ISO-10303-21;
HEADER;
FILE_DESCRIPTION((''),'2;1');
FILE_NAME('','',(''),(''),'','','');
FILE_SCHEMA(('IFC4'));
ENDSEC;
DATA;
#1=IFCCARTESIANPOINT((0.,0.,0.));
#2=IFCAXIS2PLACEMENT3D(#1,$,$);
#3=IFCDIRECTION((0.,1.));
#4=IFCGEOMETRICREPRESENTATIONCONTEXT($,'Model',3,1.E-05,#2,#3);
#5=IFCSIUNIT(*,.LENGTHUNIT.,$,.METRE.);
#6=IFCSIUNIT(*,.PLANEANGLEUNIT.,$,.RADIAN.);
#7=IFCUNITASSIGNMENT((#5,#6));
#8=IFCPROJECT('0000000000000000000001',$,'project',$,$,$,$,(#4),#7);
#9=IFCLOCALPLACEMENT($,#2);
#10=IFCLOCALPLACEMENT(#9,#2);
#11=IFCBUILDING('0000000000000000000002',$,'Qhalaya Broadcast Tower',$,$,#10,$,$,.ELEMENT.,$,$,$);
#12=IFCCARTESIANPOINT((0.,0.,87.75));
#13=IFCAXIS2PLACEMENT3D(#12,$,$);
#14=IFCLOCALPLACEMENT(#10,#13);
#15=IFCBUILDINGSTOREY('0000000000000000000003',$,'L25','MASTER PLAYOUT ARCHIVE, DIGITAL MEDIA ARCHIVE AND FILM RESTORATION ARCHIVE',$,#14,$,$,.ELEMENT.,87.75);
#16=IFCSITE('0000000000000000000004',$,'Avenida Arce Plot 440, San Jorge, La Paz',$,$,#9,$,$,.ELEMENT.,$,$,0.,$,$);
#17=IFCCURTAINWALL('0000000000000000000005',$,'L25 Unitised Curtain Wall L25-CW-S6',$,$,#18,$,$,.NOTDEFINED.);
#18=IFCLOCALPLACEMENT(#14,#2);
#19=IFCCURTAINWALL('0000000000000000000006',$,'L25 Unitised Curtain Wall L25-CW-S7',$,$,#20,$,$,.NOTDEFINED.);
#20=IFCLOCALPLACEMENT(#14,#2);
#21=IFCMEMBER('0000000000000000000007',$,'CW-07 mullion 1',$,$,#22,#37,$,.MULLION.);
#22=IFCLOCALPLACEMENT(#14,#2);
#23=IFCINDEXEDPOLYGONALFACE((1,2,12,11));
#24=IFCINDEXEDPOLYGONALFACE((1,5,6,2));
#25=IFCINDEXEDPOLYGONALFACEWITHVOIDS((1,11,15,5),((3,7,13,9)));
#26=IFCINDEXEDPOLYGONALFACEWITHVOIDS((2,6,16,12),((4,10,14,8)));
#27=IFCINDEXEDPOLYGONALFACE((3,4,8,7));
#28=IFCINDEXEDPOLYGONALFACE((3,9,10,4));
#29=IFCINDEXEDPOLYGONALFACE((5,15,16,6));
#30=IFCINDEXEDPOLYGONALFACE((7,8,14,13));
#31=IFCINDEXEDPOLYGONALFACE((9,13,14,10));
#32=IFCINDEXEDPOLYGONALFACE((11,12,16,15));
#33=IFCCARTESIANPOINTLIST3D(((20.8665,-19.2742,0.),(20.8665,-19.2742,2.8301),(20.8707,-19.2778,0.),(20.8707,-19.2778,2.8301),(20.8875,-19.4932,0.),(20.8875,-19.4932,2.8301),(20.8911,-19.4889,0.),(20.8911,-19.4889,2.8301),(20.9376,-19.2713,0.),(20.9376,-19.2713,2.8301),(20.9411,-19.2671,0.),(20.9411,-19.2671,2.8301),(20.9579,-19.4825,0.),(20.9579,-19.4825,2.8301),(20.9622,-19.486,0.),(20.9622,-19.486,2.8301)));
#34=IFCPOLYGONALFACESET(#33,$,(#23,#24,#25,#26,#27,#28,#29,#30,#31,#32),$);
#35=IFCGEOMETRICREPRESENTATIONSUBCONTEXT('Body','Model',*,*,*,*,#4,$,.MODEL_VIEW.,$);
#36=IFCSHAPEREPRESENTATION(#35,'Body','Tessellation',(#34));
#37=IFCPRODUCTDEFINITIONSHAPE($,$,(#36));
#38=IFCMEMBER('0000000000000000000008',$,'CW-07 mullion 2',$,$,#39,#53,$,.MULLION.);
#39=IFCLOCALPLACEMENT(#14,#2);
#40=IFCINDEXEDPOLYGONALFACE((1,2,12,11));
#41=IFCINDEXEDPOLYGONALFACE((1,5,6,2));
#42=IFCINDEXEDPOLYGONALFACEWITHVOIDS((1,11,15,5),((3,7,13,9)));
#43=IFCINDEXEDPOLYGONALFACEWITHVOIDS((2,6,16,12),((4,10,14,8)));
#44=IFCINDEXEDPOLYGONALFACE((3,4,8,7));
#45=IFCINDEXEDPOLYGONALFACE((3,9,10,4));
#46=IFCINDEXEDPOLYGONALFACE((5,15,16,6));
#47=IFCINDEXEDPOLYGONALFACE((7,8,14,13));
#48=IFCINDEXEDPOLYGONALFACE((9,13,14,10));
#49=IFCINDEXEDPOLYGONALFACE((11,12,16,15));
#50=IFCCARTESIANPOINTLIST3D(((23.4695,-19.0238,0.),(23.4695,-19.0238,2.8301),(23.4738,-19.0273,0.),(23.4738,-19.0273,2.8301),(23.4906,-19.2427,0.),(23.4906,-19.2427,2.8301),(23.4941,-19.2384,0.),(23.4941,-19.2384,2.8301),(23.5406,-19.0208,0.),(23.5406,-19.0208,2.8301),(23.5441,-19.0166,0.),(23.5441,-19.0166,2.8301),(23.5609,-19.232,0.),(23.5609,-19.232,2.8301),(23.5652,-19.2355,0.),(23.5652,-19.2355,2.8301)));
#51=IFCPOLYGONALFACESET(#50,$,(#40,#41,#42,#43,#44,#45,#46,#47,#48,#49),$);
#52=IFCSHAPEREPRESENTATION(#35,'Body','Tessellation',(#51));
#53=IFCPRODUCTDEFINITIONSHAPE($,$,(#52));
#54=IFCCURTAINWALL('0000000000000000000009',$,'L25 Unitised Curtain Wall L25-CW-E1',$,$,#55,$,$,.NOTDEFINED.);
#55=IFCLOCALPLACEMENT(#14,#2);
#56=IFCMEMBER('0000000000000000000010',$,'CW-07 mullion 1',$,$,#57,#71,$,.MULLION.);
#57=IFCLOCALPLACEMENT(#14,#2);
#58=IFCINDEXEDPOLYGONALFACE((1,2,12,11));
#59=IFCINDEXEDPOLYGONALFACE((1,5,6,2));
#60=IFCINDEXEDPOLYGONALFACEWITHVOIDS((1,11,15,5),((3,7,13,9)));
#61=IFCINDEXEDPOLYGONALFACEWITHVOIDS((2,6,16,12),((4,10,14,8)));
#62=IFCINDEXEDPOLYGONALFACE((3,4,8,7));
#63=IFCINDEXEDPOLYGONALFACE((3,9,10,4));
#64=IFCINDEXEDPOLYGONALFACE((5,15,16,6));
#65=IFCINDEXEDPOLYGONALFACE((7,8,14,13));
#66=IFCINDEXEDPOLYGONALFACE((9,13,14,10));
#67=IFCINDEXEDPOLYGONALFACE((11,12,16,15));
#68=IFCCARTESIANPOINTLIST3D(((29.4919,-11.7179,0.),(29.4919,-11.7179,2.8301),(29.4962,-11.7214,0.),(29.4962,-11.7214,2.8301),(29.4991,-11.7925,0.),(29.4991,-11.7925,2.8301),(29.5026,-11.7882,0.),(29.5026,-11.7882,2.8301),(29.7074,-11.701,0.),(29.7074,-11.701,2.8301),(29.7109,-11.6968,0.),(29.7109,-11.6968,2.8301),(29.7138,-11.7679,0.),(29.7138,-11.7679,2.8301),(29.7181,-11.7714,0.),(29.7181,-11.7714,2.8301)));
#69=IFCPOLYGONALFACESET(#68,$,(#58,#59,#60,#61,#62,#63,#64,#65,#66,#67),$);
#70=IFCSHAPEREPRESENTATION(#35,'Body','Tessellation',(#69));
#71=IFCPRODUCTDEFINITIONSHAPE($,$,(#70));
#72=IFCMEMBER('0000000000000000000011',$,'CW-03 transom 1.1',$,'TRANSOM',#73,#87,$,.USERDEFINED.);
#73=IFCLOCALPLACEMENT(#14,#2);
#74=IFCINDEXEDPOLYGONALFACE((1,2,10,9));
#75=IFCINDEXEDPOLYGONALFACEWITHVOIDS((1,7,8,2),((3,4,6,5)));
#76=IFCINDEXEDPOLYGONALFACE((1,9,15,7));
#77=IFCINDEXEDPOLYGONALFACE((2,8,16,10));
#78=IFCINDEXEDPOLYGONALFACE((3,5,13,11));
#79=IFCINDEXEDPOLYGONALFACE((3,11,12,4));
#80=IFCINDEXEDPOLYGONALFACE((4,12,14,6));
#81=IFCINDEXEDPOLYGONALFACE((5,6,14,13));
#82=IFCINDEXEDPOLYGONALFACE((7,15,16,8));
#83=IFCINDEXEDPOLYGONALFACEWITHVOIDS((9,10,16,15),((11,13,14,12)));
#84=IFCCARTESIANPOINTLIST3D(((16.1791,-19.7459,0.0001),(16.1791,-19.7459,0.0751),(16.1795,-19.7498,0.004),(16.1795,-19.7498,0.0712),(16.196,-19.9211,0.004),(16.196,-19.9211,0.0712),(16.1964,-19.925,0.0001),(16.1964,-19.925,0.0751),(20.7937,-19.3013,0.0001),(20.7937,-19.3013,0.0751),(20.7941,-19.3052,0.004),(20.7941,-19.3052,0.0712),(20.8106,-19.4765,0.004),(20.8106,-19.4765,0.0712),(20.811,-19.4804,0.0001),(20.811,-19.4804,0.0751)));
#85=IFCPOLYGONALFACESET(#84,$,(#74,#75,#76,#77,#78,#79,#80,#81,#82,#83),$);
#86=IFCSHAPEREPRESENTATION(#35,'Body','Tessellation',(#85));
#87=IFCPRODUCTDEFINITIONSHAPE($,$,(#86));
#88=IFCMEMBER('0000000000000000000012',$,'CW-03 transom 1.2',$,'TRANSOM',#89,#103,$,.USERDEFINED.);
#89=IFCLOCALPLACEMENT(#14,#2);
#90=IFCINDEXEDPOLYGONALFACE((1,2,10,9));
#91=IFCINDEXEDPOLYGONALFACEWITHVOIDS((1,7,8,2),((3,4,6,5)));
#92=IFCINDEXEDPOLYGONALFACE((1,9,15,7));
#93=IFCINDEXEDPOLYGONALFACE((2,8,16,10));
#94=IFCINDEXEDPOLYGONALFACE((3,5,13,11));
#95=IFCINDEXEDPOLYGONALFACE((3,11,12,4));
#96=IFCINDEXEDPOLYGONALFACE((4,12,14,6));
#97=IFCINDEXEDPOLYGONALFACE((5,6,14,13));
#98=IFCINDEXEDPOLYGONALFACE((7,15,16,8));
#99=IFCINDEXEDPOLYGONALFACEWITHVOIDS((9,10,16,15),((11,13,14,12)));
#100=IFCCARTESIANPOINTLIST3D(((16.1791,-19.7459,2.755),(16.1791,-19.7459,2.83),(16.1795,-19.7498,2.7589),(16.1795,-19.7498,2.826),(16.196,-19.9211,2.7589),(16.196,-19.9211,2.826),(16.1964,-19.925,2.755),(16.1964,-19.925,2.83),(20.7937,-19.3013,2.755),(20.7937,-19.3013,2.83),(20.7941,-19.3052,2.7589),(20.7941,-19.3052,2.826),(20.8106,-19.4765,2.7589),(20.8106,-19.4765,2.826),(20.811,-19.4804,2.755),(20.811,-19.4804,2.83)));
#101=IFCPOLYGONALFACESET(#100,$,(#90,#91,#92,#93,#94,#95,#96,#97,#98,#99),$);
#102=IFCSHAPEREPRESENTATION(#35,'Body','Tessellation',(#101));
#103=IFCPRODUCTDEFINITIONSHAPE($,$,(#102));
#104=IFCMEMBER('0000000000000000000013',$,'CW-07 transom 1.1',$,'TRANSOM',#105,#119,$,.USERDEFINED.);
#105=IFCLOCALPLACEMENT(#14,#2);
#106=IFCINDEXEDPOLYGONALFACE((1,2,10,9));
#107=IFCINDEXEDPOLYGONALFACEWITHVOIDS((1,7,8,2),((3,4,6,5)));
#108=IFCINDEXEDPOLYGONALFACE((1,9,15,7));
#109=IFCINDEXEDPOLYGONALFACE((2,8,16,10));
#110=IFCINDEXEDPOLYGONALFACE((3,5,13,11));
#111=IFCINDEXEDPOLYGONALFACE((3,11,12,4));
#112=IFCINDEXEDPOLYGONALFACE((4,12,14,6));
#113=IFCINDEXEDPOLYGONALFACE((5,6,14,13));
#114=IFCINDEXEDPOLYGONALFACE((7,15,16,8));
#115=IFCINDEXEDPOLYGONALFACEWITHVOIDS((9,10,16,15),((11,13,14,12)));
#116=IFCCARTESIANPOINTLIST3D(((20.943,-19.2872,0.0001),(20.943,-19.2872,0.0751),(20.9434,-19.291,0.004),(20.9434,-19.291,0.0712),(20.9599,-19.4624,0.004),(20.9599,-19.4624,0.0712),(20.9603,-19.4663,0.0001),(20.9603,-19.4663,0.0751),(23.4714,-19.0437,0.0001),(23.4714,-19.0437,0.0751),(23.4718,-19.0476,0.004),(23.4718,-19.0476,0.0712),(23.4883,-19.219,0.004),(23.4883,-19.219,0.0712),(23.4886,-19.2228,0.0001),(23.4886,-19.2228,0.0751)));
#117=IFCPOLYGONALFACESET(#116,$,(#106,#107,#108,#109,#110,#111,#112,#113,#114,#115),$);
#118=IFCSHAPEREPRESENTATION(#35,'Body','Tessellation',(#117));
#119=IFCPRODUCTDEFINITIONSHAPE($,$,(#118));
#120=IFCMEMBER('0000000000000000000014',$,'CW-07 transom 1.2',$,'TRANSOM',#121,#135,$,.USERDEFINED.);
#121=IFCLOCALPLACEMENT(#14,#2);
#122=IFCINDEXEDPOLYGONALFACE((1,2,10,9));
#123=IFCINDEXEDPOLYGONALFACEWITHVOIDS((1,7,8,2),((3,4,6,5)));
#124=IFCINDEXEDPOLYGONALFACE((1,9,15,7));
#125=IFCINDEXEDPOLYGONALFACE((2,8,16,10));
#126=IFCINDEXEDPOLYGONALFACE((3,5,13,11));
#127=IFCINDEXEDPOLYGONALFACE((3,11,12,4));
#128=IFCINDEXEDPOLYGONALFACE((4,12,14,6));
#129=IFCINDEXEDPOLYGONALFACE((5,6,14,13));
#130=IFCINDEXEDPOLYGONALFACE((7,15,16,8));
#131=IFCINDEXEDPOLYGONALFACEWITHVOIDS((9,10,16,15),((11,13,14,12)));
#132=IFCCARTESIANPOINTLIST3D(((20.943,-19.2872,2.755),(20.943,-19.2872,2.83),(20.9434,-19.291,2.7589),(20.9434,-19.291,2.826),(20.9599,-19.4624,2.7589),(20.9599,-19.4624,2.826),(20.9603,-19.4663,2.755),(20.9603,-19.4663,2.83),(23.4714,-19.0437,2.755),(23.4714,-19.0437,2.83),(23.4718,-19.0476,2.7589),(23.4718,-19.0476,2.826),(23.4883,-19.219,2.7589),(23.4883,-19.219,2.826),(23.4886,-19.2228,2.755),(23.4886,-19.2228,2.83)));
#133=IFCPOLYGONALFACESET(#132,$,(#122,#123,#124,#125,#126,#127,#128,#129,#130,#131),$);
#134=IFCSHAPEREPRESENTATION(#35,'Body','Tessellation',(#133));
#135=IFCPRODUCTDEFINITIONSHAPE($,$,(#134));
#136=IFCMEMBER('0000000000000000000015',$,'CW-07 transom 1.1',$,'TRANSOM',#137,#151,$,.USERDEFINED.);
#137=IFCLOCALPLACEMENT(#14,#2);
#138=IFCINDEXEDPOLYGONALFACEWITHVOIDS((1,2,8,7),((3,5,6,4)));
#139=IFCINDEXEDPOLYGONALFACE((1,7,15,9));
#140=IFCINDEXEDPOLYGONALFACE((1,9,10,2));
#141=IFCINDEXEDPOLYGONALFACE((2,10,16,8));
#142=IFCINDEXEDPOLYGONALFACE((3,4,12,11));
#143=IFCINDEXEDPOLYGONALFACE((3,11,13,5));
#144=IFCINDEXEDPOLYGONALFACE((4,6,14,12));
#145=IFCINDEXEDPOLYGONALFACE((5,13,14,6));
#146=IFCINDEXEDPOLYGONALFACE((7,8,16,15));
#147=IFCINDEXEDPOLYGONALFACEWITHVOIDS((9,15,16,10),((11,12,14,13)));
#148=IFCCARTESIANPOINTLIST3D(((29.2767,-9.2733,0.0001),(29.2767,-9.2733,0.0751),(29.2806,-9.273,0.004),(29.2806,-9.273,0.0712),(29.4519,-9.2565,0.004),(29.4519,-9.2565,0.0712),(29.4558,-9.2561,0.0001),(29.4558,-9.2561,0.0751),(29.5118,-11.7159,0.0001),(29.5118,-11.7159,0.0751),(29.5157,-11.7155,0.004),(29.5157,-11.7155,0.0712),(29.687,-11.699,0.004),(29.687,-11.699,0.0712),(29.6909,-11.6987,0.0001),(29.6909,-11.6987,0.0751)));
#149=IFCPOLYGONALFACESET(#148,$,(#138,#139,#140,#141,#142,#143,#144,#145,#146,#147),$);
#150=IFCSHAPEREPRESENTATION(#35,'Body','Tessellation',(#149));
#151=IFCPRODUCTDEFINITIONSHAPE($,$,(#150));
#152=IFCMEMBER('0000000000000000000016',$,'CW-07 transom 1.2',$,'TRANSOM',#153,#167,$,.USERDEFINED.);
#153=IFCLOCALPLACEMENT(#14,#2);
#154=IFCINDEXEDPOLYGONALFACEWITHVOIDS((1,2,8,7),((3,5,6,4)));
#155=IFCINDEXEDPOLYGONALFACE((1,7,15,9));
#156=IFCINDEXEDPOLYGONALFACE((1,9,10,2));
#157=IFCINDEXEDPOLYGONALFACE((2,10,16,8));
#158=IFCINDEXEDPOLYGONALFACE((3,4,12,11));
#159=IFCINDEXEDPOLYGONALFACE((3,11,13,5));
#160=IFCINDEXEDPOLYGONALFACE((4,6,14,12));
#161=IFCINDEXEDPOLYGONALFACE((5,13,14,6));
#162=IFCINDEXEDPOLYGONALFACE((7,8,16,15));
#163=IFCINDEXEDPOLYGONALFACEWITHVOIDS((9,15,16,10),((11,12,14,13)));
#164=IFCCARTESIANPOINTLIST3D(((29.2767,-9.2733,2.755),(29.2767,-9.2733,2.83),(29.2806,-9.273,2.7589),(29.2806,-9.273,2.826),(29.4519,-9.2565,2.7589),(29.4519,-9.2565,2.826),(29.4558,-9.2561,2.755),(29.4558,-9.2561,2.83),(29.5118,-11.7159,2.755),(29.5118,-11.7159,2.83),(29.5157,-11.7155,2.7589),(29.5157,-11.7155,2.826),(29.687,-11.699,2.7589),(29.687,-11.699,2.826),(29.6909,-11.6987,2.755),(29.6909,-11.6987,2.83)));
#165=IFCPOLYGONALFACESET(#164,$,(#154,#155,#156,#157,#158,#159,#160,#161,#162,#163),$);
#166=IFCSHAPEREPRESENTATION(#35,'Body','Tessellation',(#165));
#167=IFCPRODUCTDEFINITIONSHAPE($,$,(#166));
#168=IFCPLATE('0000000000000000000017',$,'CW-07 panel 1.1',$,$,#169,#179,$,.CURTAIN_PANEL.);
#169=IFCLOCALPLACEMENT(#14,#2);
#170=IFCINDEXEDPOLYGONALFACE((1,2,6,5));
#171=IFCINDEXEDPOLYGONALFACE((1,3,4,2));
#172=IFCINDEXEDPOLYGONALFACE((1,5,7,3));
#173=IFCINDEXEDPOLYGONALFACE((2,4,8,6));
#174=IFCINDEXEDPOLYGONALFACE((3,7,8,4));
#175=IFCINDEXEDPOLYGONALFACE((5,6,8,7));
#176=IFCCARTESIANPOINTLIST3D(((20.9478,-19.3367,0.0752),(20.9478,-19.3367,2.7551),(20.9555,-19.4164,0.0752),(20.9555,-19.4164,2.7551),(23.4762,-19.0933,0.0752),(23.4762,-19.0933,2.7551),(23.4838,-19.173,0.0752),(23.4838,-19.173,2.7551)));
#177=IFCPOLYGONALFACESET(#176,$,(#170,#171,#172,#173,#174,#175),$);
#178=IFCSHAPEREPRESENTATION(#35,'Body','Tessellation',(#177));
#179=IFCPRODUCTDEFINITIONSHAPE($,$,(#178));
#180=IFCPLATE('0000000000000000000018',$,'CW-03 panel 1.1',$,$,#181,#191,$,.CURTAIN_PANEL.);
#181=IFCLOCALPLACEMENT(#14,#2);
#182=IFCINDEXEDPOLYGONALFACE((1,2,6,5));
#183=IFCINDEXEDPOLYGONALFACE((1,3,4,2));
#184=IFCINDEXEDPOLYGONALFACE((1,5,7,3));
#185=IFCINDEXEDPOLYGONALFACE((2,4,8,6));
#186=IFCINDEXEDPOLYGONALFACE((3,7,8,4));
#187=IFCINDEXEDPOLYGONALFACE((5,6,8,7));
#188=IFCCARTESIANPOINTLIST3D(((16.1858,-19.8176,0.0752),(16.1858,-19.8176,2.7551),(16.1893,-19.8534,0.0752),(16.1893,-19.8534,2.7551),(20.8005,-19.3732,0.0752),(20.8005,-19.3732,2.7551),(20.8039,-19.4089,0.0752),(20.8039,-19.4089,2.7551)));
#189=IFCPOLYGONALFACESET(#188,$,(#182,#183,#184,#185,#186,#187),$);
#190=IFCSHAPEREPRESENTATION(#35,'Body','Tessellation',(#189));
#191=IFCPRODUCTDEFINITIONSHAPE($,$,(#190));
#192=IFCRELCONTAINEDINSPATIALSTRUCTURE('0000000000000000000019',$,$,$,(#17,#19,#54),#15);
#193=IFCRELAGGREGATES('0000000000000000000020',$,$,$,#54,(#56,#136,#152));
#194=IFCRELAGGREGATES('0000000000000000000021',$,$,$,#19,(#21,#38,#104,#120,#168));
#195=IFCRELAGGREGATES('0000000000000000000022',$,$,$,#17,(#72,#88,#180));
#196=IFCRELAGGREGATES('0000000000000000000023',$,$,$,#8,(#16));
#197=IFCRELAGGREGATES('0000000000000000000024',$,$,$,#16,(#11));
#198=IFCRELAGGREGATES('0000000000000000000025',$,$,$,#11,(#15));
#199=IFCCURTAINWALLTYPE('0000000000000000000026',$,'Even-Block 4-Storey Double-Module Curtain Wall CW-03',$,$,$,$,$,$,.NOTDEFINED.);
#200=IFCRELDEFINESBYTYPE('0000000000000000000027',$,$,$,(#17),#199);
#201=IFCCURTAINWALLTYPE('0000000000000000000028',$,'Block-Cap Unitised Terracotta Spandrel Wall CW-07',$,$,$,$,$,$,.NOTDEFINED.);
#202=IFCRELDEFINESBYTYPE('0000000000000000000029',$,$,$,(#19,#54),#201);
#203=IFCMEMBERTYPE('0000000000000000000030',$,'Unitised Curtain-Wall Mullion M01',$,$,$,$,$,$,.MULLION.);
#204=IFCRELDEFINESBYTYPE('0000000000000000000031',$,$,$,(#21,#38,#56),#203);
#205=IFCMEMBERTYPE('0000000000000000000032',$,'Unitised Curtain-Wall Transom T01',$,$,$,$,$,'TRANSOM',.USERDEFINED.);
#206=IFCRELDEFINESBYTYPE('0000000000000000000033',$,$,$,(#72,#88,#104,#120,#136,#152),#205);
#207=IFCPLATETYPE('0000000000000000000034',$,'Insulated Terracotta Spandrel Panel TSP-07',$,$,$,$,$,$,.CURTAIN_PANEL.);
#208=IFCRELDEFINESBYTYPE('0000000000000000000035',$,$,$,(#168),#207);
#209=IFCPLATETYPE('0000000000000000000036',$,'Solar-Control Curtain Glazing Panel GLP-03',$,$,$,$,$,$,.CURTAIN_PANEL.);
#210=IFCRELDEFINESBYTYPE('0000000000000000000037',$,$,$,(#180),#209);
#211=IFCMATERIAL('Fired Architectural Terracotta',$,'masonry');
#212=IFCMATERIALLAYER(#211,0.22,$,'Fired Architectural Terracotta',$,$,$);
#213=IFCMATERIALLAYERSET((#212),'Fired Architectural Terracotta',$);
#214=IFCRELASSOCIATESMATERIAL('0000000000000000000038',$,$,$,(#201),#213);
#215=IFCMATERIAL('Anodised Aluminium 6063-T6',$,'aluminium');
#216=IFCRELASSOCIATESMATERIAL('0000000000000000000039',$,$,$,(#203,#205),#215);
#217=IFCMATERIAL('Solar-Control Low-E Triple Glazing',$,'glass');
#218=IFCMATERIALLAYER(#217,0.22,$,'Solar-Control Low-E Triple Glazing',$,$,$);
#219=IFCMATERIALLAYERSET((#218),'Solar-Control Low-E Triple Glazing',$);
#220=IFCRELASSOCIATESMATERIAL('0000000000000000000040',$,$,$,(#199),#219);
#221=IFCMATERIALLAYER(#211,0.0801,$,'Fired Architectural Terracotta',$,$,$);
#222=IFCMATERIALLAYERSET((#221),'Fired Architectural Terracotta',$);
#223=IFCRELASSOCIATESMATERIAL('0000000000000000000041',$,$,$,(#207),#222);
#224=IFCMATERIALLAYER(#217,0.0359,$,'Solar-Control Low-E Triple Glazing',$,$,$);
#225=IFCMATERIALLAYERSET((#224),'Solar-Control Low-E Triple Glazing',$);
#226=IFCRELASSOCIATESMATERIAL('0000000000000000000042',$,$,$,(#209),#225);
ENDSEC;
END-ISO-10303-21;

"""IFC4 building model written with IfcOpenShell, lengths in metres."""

from ifc_helpers import new_model, si_unit, direction, frame, origin, origin_2d, place, context, subcontext, project, spatial, rectangle, hollow_rectangle, extrude, material, layer, layer_set, material_profile, profile_set, type_object, element, aggregate, save


model = new_model("IFC4")

# Units and contexts
model_context = context("Model", 3, precision=1e-05, world=origin(), true_north=direction((0.0, 1.0)))
body_context = subcontext(model_context, "Body", "Model", "MODEL_VIEW")
ifc_project = project(units=[si_unit("LENGTHUNIT", "METRE"), si_unit("PLANEANGLEUNIT", "RADIAN")], contexts=[model_context])

# Site, building, storey
site_placement = place(None, origin())
site = spatial("IfcSite", under=ifc_project, at=site_placement, Name="Avenida Arce Plot 440, San Jorge, La Paz", CompositionType="ELEMENT", RefElevation=0.0)
building_placement = place(site_placement, origin())
building = spatial("IfcBuilding", under=site, at=building_placement, Name="Qhalaya Broadcast Tower", CompositionType="ELEMENT")
storey_placement = place(building_placement, frame((0.0, 0.0, 87.75)))
storey = spatial("IfcBuildingStorey", under=building, at=storey_placement, Name="L25", Description="MASTER PLAYOUT ARCHIVE, DIGITAL MEDIA ARCHIVE AND FILM RESTORATION ARCHIVE", CompositionType="ELEMENT", Elevation=87.75)

# Shared definitions
ifc_material_1 = material(Name="Fired Architectural Terracotta", Category="masonry")

# Shared definitions
ifc_layer_1 = layer(ifc_material_1, 0.22, Name="Fired Architectural Terracotta")
ifc_layer_set_1 = layer_set([ifc_layer_1], Name="Fired Architectural Terracotta")
curtain_wall_type_1 = type_object("IfcCurtainWallType", Name="Block-Cap Unitised Terracotta Spandrel Wall CW-07", PredefinedType="NOTDEFINED", material=ifc_layer_set_1)
ifc_material_2 = material(Name="Anodised Aluminium 6063-T6", Category="aluminium")
ifc_material_profile_1 = material_profile(ifc_material_2, hollow_rectangle(XDim=0.075, YDim=0.22, WallThickness=0.0039, at=origin_2d()), Name="ALU-MUL 75x220x4")
ifc_profile_set_1 = profile_set([ifc_material_profile_1], Name="Anodised Aluminium 6063-T6")
member_type_1 = type_object("IfcMemberType", Name="Unitised Curtain-Wall Mullion M01", PredefinedType="MULLION", material=ifc_profile_set_1)

# Curtain walls, members
ifc_material_3 = material(Name="Solar-Control Low-E Triple Glazing", Category="glass")
ifc_layer_2 = layer(ifc_material_3, 0.22, Name="Solar-Control Low-E Triple Glazing")
ifc_layer_set_2 = layer_set([ifc_layer_2], Name="Solar-Control Low-E Triple Glazing")
curtain_wall_type_2 = type_object("IfcCurtainWallType", Name="Even-Block 4-Storey Double-Module Curtain Wall CW-03", PredefinedType="NOTDEFINED", material=ifc_layer_set_2)
curtain_wall_1_placement = place(storey_placement, origin())
curtain_wall_1 = element("IfcCurtainWall", 1, at=curtain_wall_1_placement, inside=storey, type_object=curtain_wall_type_2, Name="L25 Unitised Curtain Wall L25-CW-S6", PredefinedType="NOTDEFINED")
curtain_wall_2_placement = place(storey_placement, origin())
curtain_wall_2 = element("IfcCurtainWall", 2, at=curtain_wall_2_placement, inside=storey, type_object=curtain_wall_type_1, Name="L25 Unitised Curtain Wall L25-CW-S7", PredefinedType="NOTDEFINED")
member_1_placement = place(storey_placement, frame((20.9143, -19.3801, 0.0), z_axis=(0.0, 0.0, 1.0), x_axis=(0.995397, 0.095834, 0.0)))
member_1 = element("IfcMember", 3, at=member_1_placement, type_object=member_type_1, Name="CW-07 mullion 1", PredefinedType="MULLION", context=body_context, shape_type="SweptSolid", body=[
    extrude(hollow_rectangle(XDim=0.075, YDim=0.22, WallThickness=0.0039, at=origin_2d()), origin(), (0.0, 0.0, 1.0), 2.8301),
])
member_2_placement = place(storey_placement, frame((23.5173, -19.1296, 0.0), z_axis=(0.0, 0.0, 1.0), x_axis=(0.995397, 0.095834, 0.0)))
member_2 = element("IfcMember", 4, at=member_2_placement, type_object=member_type_1, Name="CW-07 mullion 2", PredefinedType="MULLION", context=body_context, shape_type="SweptSolid", body=[
    extrude(hollow_rectangle(XDim=0.075, YDim=0.22, WallThickness=0.0039, at=origin_2d()), origin(), (0.0, 0.0, 1.0), 2.8301),
])

# Curtain wall, member
curtain_wall_3_placement = place(storey_placement, origin())
curtain_wall_3 = element("IfcCurtainWall", 5, at=curtain_wall_3_placement, inside=storey, type_object=curtain_wall_type_1, Name="L25 Unitised Curtain Wall L25-CW-E1", PredefinedType="NOTDEFINED")
member_3_placement = place(storey_placement, frame((29.605, -11.7446, 0.0), z_axis=(0.0, 0.0, 1.0), x_axis=(-0.095853, 0.995396, 0.0)))
member_3 = element("IfcMember", 6, at=member_3_placement, type_object=member_type_1, Name="CW-07 mullion 1", PredefinedType="MULLION", context=body_context, shape_type="SweptSolid", body=[
    extrude(hollow_rectangle(XDim=0.075, YDim=0.22, WallThickness=0.0039, at=origin_2d()), origin(), (0.0, 0.0, 1.0), 2.8301),
])

# Members
ifc_material_profile_2 = material_profile(ifc_material_2, hollow_rectangle(XDim=0.075, YDim=0.1799, WallThickness=0.0039, at=origin_2d()), Name="ALU-TRN 75x180x4")
ifc_profile_set_2 = profile_set([ifc_material_profile_2], Name="Anodised Aluminium 6063-T6")
member_type_2 = type_object("IfcMemberType", Name="Unitised Curtain-Wall Transom T01", ElementType="TRANSOM", PredefinedType="USERDEFINED", material=ifc_profile_set_2)
member_4_placement = place(storey_placement, frame((16.1877, -19.8354, 0.0376), z_axis=(0.995391, 0.0959, 0.0), x_axis=(0.0, 0.0, 1.0)))
member_4 = element("IfcMember", 7, at=member_4_placement, type_object=member_type_2, Name="CW-03 transom 1.1", ObjectType="TRANSOM", PredefinedType="USERDEFINED", context=body_context, shape_type="SweptSolid", body=[
    extrude(hollow_rectangle(XDim=0.075, YDim=0.1799, WallThickness=0.0039, at=origin_2d()), origin(), (0.0, 0.0, 1.0), 4.636),
])
member_5_placement = place(storey_placement, frame((16.1877, -19.8354, 2.7925), z_axis=(0.995391, 0.0959, 0.0), x_axis=(0.0, 0.0, 1.0)))
member_5 = element("IfcMember", 8, at=member_5_placement, type_object=member_type_2, Name="CW-03 transom 1.2", ObjectType="TRANSOM", PredefinedType="USERDEFINED", context=body_context, shape_type="SweptSolid", body=[
    extrude(hollow_rectangle(XDim=0.075, YDim=0.1799, WallThickness=0.0039, at=origin_2d()), origin(), (0.0, 0.0, 1.0), 4.636),
])
member_6_placement = place(storey_placement, frame((20.9517, -19.3767, 0.0376), z_axis=(0.995398, 0.09583, 0.0), x_axis=(0.0, 0.0, 1.0)))
member_6 = element("IfcMember", 9, at=member_6_placement, type_object=member_type_2, Name="CW-07 transom 1.1", ObjectType="TRANSOM", PredefinedType="USERDEFINED", context=body_context, shape_type="SweptSolid", body=[
    extrude(hollow_rectangle(XDim=0.075, YDim=0.1799, WallThickness=0.0039, at=origin_2d()), origin(), (0.0, 0.0, 1.0), 2.54),
])
member_7_placement = place(storey_placement, frame((20.9517, -19.3767, 2.7925), z_axis=(0.995398, 0.09583, 0.0), x_axis=(0.0, 0.0, 1.0)))
member_7 = element("IfcMember", 10, at=member_7_placement, type_object=member_type_2, Name="CW-07 transom 1.2", ObjectType="TRANSOM", PredefinedType="USERDEFINED", context=body_context, shape_type="SweptSolid", body=[
    extrude(hollow_rectangle(XDim=0.075, YDim=0.1799, WallThickness=0.0039, at=origin_2d()), origin(), (0.0, 0.0, 1.0), 2.54),
])
member_8_placement = place(storey_placement, frame((29.6013, -11.7073, 0.0376), z_axis=(-0.095809, 0.9954, 0.0), x_axis=(0.0, 0.0, 1.0)))
member_8 = element("IfcMember", 11, at=member_8_placement, type_object=member_type_2, Name="CW-07 transom 1.1", ObjectType="TRANSOM", PredefinedType="USERDEFINED", context=body_context, shape_type="SweptSolid", body=[
    extrude(hollow_rectangle(XDim=0.075, YDim=0.1799, WallThickness=0.0039, at=origin_2d()), origin(), (0.0, 0.0, 1.0), 2.4539),
])
member_9_placement = place(storey_placement, frame((29.6013, -11.7073, 2.7925), z_axis=(-0.095809, 0.9954, 0.0), x_axis=(0.0, 0.0, 1.0)))
member_9 = element("IfcMember", 12, at=member_9_placement, type_object=member_type_2, Name="CW-07 transom 1.2", ObjectType="TRANSOM", PredefinedType="USERDEFINED", context=body_context, shape_type="SweptSolid", body=[
    extrude(hollow_rectangle(XDim=0.075, YDim=0.1799, WallThickness=0.0039, at=origin_2d()), origin(), (0.0, 0.0, 1.0), 2.4539),
])
aggregate(curtain_wall_3, [member_3, member_8, member_9])

# Plates
ifc_layer_3 = layer(ifc_material_1, 0.0801, Name="Fired Architectural Terracotta")
ifc_layer_set_3 = layer_set([ifc_layer_3], Name="Fired Architectural Terracotta")
plate_type_1 = type_object("IfcPlateType", Name="Insulated Terracotta Spandrel Panel TSP-07", PredefinedType="CURTAIN_PANEL", material=ifc_layer_set_3)
plate_1_placement = place(storey_placement, frame((22.2158, -19.2549, 0.0752), z_axis=(0.0, 0.0, 1.0), x_axis=(0.995397, 0.095834, 0.0)))
plate_1 = element("IfcPlate", 13, at=plate_1_placement, type_object=plate_type_1, Name="CW-07 panel 1.1", PredefinedType="CURTAIN_PANEL", context=body_context, shape_type="SweptSolid", body=[
    extrude(rectangle(XDim=2.54, YDim=0.0801, at=origin_2d()), origin(), (0.0, 0.0, 1.0), 2.6799),
])
aggregate(curtain_wall_2, [member_1, member_2, member_6, member_7, plate_1])
ifc_layer_4 = layer(ifc_material_3, 0.0359, Name="Solar-Control Low-E Triple Glazing")
ifc_layer_set_4 = layer_set([ifc_layer_4], Name="Solar-Control Low-E Triple Glazing")
plate_type_2 = type_object("IfcPlateType", Name="Solar-Control Curtain Glazing Panel GLP-03", PredefinedType="CURTAIN_PANEL", material=ifc_layer_set_4)
plate_2_placement = place(storey_placement, frame((18.4949, -19.6133, 0.0752), z_axis=(0.0, 0.0, 1.0), x_axis=(0.995394, 0.095864, 0.0)))
plate_2 = element("IfcPlate", 14, at=plate_2_placement, type_object=plate_type_2, Name="CW-03 panel 1.1", PredefinedType="CURTAIN_PANEL", context=body_context, shape_type="SweptSolid", body=[
    extrude(rectangle(XDim=4.636, YDim=0.0359, at=origin_2d()), origin(), (0.0, 0.0, 1.0), 2.6799),
])
aggregate(curtain_wall_1, [member_4, member_5, plate_2])

save(model, "model.ifc")
